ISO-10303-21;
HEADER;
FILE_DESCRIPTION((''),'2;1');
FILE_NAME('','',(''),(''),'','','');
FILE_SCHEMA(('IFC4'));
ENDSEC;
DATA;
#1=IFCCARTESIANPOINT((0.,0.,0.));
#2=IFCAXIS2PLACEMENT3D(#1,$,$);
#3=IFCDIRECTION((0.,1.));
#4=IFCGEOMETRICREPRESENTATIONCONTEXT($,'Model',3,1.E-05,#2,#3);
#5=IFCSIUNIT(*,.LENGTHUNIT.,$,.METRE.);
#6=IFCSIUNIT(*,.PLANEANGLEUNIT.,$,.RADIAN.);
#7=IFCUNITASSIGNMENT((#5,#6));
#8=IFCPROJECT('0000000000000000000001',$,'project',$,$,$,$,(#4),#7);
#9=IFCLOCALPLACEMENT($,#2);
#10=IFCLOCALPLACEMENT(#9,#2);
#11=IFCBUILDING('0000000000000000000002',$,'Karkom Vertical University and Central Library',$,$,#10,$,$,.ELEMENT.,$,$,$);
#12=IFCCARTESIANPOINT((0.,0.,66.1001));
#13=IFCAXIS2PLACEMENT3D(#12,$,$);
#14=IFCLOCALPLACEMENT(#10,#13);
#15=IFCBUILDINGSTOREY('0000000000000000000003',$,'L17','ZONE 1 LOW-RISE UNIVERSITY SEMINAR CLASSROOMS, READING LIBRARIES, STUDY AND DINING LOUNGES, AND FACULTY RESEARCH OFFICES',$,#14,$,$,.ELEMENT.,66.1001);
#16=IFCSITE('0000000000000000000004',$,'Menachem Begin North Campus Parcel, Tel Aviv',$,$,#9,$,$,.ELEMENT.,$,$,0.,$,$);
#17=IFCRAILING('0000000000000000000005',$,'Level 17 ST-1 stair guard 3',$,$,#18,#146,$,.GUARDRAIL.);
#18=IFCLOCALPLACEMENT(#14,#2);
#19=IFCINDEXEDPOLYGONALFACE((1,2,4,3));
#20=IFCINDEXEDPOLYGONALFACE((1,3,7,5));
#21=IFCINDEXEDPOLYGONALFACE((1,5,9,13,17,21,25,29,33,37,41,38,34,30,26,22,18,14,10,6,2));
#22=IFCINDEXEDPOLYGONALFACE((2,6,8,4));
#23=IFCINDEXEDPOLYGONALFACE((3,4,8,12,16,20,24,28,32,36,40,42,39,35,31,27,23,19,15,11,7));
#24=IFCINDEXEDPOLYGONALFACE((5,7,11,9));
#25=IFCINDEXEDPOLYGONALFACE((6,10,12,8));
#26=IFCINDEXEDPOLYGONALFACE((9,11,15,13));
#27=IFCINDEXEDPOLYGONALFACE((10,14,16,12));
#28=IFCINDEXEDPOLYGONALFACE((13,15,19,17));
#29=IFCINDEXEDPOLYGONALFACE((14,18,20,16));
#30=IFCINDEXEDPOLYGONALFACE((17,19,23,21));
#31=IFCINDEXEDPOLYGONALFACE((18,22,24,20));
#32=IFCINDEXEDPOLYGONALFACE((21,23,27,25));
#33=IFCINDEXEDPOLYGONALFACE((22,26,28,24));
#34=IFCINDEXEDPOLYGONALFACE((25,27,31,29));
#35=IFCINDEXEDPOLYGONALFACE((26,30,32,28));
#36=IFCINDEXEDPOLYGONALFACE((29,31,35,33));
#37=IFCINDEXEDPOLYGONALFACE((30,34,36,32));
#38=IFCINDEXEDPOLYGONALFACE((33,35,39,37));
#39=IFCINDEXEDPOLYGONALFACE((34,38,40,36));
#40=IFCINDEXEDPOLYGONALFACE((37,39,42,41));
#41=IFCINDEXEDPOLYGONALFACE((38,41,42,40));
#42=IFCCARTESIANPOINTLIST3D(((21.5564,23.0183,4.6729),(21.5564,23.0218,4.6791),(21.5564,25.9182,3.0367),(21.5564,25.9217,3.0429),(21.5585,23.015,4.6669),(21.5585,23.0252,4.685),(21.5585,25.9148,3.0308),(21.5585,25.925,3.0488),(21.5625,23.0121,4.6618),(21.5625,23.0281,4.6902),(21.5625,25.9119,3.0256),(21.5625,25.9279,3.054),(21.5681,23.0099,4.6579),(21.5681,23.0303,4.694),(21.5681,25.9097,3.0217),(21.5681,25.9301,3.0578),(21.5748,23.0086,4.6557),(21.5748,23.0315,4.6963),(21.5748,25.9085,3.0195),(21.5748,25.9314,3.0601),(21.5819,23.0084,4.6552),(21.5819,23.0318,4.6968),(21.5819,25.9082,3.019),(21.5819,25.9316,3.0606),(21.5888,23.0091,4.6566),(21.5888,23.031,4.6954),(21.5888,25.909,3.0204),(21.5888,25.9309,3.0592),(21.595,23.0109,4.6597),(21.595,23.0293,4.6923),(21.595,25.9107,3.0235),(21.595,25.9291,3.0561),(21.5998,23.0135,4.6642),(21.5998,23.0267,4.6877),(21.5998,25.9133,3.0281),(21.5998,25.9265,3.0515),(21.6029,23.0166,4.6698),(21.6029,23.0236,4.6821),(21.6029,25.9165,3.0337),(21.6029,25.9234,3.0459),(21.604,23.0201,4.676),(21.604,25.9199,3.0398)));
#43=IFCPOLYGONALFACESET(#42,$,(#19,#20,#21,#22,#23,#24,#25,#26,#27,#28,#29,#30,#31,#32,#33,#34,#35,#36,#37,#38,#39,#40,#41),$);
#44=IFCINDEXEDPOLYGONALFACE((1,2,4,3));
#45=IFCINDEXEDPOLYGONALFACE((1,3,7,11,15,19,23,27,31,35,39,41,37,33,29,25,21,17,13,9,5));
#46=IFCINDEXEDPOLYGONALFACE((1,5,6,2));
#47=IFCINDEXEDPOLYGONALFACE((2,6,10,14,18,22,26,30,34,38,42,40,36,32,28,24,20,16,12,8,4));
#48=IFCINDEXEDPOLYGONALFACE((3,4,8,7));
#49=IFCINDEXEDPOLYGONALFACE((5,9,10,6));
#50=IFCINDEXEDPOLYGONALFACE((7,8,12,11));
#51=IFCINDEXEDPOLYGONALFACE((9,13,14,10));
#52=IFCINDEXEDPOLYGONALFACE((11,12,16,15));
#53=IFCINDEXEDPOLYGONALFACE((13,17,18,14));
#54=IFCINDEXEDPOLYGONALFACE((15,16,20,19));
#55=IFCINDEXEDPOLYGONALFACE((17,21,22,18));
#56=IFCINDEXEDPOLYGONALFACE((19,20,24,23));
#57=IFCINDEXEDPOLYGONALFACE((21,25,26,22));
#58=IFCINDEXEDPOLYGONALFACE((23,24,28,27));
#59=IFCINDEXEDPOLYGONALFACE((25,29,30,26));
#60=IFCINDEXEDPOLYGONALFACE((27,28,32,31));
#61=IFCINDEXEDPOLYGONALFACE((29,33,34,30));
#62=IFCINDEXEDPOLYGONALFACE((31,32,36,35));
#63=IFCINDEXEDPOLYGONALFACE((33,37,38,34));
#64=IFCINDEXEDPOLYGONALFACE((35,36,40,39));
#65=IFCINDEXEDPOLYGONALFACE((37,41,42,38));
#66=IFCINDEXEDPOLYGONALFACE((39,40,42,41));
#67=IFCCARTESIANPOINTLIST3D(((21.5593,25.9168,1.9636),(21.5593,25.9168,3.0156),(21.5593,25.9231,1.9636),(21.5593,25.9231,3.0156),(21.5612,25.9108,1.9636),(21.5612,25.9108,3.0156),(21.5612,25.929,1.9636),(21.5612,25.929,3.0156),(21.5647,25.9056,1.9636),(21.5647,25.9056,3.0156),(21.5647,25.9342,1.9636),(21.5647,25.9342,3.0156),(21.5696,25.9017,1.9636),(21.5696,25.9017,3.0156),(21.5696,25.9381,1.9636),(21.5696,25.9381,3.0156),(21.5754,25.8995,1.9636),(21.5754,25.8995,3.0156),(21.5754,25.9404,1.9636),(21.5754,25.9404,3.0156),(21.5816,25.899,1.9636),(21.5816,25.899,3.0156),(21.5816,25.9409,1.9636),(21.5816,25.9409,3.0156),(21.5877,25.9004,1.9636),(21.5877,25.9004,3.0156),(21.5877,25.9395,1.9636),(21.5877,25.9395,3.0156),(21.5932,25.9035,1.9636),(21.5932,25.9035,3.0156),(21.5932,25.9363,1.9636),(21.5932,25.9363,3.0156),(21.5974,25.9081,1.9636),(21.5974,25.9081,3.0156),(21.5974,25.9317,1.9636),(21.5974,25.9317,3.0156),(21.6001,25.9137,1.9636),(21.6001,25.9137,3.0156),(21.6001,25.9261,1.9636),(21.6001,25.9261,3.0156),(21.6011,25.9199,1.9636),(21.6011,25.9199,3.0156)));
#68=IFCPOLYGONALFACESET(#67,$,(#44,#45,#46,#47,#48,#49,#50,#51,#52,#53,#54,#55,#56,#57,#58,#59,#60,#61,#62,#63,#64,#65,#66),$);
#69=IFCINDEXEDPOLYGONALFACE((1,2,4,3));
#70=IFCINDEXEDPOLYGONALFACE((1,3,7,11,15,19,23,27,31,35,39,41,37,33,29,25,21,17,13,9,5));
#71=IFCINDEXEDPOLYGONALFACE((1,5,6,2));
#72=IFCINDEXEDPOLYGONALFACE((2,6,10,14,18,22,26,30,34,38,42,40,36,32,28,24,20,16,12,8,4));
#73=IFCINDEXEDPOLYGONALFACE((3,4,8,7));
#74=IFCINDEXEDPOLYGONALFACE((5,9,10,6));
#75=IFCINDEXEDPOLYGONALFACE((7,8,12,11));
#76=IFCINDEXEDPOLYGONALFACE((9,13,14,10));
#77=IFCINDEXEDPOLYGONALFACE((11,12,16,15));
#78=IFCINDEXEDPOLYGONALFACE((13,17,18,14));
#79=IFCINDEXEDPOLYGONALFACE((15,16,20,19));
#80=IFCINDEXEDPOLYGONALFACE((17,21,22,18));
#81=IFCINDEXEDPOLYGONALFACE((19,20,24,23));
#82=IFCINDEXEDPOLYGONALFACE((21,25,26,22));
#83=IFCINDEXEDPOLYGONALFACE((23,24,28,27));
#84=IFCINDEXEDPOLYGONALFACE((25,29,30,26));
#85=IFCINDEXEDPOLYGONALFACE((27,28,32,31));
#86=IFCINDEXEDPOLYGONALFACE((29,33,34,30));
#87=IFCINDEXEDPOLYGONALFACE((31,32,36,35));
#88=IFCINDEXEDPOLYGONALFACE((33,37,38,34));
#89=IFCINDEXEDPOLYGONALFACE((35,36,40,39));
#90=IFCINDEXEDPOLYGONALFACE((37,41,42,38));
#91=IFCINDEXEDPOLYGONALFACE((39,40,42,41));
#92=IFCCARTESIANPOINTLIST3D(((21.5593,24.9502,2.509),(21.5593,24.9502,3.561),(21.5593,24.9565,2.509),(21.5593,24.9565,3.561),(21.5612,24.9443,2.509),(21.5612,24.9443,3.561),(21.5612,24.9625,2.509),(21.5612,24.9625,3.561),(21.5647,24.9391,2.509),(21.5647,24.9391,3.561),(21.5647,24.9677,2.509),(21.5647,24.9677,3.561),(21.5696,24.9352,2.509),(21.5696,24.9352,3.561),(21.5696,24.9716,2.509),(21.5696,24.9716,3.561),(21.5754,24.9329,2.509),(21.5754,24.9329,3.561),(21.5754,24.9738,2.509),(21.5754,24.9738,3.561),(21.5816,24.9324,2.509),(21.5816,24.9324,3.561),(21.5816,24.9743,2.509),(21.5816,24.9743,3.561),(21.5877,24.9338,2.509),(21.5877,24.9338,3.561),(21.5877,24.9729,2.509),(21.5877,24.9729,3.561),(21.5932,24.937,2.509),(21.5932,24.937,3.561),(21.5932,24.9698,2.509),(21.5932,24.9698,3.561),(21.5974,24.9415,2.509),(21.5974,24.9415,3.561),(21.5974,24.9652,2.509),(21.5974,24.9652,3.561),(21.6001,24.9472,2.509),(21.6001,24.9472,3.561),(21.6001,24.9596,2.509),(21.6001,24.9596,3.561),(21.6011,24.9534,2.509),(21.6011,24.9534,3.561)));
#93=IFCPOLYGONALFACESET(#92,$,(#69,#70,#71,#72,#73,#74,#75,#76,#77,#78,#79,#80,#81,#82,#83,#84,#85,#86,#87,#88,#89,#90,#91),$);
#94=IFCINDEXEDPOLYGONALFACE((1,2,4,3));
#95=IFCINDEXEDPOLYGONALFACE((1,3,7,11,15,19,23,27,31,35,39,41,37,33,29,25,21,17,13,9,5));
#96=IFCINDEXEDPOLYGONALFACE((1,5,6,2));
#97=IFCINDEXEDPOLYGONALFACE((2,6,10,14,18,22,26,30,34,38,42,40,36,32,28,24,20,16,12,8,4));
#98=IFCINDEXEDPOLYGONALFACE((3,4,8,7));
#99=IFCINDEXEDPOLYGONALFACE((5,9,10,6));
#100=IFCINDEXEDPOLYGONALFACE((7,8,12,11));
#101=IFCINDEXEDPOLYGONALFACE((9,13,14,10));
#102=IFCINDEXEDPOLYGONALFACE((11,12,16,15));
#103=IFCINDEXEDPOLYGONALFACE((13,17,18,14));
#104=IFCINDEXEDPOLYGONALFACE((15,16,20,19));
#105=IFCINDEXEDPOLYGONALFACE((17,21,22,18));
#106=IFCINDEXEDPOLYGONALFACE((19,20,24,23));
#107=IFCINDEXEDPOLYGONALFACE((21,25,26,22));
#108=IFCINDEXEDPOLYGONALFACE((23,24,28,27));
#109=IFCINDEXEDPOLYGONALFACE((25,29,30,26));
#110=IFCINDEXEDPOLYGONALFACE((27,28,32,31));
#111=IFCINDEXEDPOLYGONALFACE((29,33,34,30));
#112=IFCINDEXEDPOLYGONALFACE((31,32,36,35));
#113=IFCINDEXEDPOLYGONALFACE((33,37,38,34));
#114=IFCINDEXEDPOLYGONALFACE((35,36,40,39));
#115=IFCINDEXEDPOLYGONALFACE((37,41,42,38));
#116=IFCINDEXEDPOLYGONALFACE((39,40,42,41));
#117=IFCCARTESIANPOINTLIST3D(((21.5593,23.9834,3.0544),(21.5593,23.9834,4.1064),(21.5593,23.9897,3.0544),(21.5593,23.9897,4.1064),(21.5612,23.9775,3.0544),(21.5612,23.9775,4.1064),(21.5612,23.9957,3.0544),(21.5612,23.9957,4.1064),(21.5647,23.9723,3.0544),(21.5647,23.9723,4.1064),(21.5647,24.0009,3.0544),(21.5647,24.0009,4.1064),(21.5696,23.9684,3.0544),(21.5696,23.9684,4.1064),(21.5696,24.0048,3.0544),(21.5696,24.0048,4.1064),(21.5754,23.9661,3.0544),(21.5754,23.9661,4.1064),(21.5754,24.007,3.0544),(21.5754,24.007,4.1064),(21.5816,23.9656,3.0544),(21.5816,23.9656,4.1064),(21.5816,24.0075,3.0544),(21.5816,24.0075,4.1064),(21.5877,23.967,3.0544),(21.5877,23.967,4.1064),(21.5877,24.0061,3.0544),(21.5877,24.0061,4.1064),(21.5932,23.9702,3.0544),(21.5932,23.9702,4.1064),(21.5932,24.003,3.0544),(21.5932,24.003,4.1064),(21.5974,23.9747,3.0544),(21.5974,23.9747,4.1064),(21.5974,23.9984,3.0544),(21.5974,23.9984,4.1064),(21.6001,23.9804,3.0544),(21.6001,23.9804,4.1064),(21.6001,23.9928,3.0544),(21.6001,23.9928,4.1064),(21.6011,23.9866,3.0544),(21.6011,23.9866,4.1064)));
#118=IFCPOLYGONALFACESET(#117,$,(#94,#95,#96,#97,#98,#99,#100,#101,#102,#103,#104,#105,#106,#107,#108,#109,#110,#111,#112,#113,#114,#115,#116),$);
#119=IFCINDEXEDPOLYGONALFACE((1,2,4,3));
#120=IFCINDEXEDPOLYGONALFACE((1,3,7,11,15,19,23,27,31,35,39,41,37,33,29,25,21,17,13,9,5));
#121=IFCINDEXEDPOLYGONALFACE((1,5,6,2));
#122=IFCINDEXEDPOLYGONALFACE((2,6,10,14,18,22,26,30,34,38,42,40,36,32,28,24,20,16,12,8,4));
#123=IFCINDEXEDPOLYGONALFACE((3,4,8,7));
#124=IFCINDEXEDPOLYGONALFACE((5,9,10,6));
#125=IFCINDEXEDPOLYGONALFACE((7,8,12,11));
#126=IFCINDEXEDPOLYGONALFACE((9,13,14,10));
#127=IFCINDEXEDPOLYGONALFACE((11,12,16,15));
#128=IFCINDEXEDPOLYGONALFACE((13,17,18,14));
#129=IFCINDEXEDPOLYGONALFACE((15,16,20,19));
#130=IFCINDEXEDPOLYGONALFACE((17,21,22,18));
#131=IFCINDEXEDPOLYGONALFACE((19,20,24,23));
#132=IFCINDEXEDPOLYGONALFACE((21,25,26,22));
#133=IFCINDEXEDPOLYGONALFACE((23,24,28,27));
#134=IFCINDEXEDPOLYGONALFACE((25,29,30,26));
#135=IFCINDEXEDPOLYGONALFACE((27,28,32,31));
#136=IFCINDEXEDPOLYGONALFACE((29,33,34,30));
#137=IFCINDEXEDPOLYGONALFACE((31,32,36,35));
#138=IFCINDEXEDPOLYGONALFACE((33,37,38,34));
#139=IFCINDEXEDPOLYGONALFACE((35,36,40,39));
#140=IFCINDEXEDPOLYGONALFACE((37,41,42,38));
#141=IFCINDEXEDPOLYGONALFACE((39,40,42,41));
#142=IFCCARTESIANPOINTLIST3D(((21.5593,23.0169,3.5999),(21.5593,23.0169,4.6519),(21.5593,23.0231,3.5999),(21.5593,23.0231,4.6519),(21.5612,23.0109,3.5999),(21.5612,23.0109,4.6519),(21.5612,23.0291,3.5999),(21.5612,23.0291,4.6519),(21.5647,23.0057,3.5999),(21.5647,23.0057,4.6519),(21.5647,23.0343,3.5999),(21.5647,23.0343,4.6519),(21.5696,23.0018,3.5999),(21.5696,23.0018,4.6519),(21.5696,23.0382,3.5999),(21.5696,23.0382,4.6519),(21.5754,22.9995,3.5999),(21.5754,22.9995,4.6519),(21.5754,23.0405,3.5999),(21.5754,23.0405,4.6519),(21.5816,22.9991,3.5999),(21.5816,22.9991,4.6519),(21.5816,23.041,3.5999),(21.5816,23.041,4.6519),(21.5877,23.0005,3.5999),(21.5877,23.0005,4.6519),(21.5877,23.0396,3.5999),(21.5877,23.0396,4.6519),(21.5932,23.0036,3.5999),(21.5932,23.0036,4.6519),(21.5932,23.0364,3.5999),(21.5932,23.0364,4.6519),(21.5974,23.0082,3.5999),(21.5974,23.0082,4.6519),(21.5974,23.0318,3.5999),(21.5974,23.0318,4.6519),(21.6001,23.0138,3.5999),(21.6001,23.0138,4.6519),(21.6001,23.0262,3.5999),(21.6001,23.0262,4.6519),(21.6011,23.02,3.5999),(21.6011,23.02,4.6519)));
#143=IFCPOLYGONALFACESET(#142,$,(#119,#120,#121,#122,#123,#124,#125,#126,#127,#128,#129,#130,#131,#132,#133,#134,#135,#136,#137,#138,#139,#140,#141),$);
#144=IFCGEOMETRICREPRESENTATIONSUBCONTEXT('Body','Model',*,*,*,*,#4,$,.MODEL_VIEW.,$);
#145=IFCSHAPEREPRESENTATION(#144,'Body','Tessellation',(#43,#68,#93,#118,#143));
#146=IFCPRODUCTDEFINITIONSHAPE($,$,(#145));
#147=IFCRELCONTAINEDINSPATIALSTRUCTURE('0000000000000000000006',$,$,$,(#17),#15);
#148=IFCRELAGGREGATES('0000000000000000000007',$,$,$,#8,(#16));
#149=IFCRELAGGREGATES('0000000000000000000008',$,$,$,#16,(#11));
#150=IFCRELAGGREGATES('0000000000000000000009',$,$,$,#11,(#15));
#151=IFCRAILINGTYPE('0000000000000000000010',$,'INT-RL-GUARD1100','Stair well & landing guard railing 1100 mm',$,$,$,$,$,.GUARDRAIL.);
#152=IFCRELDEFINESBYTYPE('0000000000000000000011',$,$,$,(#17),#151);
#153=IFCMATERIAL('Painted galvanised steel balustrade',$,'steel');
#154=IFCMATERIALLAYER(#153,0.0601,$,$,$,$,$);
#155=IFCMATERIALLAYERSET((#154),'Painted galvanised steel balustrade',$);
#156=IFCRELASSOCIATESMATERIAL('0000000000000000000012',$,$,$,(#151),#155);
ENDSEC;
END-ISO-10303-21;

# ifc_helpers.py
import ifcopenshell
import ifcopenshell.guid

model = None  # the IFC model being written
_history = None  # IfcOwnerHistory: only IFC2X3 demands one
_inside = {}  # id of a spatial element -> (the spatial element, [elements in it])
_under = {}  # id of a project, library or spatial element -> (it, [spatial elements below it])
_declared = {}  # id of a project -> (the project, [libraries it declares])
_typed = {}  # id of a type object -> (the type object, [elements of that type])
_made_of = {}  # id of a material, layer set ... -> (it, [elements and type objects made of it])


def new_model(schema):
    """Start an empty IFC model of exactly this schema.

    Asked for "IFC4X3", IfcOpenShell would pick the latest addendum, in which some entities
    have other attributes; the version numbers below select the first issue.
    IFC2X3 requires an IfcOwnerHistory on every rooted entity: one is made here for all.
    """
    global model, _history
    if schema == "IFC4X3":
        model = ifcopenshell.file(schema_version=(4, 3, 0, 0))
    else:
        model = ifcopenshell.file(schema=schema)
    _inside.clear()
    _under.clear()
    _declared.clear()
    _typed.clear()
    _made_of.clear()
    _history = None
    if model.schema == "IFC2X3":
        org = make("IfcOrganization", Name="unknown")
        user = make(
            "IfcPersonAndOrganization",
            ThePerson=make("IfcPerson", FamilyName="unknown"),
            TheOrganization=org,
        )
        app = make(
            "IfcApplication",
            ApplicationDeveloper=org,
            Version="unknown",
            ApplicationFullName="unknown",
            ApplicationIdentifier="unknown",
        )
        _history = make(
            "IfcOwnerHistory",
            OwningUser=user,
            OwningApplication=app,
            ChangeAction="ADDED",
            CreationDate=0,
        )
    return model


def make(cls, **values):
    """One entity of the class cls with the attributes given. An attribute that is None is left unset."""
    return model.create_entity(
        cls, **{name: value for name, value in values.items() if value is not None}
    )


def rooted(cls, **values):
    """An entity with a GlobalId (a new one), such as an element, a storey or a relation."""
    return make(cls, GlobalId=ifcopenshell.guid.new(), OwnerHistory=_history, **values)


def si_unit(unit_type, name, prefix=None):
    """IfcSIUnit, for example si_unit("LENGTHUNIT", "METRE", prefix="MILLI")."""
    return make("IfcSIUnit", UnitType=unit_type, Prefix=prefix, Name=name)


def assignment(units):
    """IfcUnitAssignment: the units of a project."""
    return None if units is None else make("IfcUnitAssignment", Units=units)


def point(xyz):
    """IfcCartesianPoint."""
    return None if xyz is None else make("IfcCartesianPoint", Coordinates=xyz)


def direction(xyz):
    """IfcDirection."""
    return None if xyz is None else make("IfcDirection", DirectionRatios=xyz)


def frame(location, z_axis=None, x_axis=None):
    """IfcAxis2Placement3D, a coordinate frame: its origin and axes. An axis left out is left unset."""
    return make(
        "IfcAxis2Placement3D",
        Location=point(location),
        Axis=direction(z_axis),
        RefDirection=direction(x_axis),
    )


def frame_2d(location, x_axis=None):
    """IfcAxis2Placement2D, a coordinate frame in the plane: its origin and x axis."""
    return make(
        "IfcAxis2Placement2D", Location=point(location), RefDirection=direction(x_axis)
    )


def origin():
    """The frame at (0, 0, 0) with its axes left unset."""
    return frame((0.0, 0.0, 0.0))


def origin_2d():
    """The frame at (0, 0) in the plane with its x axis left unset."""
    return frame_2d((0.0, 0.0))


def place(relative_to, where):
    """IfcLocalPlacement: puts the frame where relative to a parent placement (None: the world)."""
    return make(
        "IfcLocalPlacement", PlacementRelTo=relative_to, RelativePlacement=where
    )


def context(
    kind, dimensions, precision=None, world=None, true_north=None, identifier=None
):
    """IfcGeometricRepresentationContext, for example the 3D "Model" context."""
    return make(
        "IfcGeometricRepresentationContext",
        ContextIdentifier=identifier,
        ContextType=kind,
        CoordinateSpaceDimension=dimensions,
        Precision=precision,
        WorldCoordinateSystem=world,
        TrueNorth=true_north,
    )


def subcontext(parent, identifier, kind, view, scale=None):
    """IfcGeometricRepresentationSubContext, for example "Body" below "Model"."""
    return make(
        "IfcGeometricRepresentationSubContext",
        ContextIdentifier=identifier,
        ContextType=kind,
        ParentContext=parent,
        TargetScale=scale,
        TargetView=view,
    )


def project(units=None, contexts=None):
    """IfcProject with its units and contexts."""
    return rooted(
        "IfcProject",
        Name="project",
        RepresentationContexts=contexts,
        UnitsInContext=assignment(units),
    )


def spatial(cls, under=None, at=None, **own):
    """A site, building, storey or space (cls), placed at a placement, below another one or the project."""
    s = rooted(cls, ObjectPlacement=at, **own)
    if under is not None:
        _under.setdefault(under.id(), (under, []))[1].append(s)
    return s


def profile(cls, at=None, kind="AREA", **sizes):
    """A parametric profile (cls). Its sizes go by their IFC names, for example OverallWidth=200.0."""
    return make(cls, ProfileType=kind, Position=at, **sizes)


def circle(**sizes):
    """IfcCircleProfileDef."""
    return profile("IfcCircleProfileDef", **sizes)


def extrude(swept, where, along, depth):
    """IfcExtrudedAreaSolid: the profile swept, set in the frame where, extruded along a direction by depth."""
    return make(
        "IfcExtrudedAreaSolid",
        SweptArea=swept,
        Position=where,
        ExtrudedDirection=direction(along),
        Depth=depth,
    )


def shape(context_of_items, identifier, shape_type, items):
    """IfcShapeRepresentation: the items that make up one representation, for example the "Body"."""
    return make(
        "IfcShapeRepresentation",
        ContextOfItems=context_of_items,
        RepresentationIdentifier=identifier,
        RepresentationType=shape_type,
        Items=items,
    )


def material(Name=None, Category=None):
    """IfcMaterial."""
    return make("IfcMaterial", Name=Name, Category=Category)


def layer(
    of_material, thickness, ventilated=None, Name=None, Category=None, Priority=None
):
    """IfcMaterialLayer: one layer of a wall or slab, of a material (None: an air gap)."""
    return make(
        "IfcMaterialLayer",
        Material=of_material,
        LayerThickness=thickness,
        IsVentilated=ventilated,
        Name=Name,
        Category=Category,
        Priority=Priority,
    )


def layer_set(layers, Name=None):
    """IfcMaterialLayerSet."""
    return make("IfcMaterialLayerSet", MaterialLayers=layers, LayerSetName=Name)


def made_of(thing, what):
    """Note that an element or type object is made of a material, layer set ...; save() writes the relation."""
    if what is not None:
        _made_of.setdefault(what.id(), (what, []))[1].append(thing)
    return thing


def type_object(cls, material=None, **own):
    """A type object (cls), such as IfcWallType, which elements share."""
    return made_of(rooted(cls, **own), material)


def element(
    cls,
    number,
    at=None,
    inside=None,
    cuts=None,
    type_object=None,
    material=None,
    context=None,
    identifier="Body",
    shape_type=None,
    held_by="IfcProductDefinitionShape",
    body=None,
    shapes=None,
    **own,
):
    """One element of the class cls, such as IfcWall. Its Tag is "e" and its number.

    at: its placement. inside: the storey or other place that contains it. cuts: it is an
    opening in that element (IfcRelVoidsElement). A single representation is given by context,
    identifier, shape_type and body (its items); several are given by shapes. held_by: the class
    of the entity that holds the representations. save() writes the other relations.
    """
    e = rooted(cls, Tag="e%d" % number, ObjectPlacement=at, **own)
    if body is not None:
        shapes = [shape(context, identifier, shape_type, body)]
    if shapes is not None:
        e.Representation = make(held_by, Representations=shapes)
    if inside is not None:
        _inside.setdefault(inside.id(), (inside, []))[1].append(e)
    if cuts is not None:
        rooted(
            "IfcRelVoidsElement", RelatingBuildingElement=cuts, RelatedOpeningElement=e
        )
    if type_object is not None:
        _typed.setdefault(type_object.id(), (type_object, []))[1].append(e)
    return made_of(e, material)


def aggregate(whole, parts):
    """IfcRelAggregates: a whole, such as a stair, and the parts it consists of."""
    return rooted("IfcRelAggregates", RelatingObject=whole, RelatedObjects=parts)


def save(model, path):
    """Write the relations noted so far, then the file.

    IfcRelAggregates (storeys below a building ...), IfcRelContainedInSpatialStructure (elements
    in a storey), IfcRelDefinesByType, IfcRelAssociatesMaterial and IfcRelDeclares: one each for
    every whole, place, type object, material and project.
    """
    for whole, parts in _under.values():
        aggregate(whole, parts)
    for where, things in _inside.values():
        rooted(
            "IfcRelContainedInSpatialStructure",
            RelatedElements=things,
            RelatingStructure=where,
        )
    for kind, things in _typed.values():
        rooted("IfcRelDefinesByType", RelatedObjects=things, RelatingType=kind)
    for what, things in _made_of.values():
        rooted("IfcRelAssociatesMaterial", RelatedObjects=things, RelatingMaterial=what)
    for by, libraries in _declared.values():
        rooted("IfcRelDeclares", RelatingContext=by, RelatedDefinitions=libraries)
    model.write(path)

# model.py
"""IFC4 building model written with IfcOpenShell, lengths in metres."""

from ifc_helpers import new_model, si_unit, direction, frame, origin, origin_2d, place, context, subcontext, project, spatial, circle, extrude, material, layer, layer_set, type_object, element, save


model = new_model("IFC4")

# Units and contexts
model_context = context("Model", 3, precision=1e-05, world=origin(), true_north=direction((0.0, 1.0)))
body_context = subcontext(model_context, "Body", "Model", "MODEL_VIEW")
ifc_project = project(units=[si_unit("LENGTHUNIT", "METRE"), si_unit("PLANEANGLEUNIT", "RADIAN")], contexts=[model_context])

# Site, building, storey
site_placement = place(None, origin())
site = spatial("IfcSite", under=ifc_project, at=site_placement, Name="Menachem Begin North Campus Parcel, Tel Aviv", CompositionType="ELEMENT", RefElevation=0.0)
building_placement = place(site_placement, origin())
building = spatial("IfcBuilding", under=site, at=building_placement, Name="Karkom Vertical University and Central Library", CompositionType="ELEMENT")
storey_placement = place(building_placement, frame((0.0, 0.0, 66.1001)))
storey = spatial("IfcBuildingStorey", under=building, at=storey_placement, Name="L17", Description="ZONE 1 LOW-RISE UNIVERSITY SEMINAR CLASSROOMS, READING LIBRARIES, STUDY AND DINING LOUNGES, AND FACULTY RESEARCH OFFICES", CompositionType="ELEMENT", Elevation=66.1001)

# Railing
ifc_material_1 = material(Name="Painted galvanised steel balustrade", Category="steel")
ifc_layer_1 = layer(ifc_material_1, 0.0601)
ifc_layer_set_1 = layer_set([ifc_layer_1], Name="Painted galvanised steel balustrade")
railing_type_1 = type_object("IfcRailingType", Name="INT-RL-GUARD1100", Description="Stair well & landing guard railing 1100 mm", PredefinedType="GUARDRAIL", material=ifc_layer_set_1)
railing_1_placement = place(storey_placement, frame((21.5801, 25.9199, 1.9636)))
element("IfcRailing", 1, at=railing_1_placement, inside=storey, type_object=railing_type_1, Name="Level 17 ST-1 stair guard 3", PredefinedType="GUARDRAIL", context=body_context, shape_type="SweptSolid", body=[
    extrude(circle(Radius=0.0239, at=origin_2d()), frame((0.0, 0.0, 1.0762), z_axis=(0.0, -0.870929, 0.49141), x_axis=(1.0, 0.0, 0.0)), (0.0, 0.0, 1.0), 3.3296),
    extrude(circle(Radius=0.021, at=origin_2d()), origin(), (0.0, 0.0, 1.0), 1.052),
    extrude(circle(Radius=0.021, at=origin_2d()), frame((0.0, -0.9666, 0.5454)), (0.0, 0.0, 1.0), 1.052),
    extrude(circle(Radius=0.021, at=origin_2d()), frame((0.0, -1.9333, 1.0908)), (0.0, 0.0, 1.0), 1.052),
    extrude(circle(Radius=0.021, at=origin_2d()), frame((0.0, -2.8999, 1.6362)), (0.0, 0.0, 1.0), 1.052),
])

save(model, "model.ifc")
